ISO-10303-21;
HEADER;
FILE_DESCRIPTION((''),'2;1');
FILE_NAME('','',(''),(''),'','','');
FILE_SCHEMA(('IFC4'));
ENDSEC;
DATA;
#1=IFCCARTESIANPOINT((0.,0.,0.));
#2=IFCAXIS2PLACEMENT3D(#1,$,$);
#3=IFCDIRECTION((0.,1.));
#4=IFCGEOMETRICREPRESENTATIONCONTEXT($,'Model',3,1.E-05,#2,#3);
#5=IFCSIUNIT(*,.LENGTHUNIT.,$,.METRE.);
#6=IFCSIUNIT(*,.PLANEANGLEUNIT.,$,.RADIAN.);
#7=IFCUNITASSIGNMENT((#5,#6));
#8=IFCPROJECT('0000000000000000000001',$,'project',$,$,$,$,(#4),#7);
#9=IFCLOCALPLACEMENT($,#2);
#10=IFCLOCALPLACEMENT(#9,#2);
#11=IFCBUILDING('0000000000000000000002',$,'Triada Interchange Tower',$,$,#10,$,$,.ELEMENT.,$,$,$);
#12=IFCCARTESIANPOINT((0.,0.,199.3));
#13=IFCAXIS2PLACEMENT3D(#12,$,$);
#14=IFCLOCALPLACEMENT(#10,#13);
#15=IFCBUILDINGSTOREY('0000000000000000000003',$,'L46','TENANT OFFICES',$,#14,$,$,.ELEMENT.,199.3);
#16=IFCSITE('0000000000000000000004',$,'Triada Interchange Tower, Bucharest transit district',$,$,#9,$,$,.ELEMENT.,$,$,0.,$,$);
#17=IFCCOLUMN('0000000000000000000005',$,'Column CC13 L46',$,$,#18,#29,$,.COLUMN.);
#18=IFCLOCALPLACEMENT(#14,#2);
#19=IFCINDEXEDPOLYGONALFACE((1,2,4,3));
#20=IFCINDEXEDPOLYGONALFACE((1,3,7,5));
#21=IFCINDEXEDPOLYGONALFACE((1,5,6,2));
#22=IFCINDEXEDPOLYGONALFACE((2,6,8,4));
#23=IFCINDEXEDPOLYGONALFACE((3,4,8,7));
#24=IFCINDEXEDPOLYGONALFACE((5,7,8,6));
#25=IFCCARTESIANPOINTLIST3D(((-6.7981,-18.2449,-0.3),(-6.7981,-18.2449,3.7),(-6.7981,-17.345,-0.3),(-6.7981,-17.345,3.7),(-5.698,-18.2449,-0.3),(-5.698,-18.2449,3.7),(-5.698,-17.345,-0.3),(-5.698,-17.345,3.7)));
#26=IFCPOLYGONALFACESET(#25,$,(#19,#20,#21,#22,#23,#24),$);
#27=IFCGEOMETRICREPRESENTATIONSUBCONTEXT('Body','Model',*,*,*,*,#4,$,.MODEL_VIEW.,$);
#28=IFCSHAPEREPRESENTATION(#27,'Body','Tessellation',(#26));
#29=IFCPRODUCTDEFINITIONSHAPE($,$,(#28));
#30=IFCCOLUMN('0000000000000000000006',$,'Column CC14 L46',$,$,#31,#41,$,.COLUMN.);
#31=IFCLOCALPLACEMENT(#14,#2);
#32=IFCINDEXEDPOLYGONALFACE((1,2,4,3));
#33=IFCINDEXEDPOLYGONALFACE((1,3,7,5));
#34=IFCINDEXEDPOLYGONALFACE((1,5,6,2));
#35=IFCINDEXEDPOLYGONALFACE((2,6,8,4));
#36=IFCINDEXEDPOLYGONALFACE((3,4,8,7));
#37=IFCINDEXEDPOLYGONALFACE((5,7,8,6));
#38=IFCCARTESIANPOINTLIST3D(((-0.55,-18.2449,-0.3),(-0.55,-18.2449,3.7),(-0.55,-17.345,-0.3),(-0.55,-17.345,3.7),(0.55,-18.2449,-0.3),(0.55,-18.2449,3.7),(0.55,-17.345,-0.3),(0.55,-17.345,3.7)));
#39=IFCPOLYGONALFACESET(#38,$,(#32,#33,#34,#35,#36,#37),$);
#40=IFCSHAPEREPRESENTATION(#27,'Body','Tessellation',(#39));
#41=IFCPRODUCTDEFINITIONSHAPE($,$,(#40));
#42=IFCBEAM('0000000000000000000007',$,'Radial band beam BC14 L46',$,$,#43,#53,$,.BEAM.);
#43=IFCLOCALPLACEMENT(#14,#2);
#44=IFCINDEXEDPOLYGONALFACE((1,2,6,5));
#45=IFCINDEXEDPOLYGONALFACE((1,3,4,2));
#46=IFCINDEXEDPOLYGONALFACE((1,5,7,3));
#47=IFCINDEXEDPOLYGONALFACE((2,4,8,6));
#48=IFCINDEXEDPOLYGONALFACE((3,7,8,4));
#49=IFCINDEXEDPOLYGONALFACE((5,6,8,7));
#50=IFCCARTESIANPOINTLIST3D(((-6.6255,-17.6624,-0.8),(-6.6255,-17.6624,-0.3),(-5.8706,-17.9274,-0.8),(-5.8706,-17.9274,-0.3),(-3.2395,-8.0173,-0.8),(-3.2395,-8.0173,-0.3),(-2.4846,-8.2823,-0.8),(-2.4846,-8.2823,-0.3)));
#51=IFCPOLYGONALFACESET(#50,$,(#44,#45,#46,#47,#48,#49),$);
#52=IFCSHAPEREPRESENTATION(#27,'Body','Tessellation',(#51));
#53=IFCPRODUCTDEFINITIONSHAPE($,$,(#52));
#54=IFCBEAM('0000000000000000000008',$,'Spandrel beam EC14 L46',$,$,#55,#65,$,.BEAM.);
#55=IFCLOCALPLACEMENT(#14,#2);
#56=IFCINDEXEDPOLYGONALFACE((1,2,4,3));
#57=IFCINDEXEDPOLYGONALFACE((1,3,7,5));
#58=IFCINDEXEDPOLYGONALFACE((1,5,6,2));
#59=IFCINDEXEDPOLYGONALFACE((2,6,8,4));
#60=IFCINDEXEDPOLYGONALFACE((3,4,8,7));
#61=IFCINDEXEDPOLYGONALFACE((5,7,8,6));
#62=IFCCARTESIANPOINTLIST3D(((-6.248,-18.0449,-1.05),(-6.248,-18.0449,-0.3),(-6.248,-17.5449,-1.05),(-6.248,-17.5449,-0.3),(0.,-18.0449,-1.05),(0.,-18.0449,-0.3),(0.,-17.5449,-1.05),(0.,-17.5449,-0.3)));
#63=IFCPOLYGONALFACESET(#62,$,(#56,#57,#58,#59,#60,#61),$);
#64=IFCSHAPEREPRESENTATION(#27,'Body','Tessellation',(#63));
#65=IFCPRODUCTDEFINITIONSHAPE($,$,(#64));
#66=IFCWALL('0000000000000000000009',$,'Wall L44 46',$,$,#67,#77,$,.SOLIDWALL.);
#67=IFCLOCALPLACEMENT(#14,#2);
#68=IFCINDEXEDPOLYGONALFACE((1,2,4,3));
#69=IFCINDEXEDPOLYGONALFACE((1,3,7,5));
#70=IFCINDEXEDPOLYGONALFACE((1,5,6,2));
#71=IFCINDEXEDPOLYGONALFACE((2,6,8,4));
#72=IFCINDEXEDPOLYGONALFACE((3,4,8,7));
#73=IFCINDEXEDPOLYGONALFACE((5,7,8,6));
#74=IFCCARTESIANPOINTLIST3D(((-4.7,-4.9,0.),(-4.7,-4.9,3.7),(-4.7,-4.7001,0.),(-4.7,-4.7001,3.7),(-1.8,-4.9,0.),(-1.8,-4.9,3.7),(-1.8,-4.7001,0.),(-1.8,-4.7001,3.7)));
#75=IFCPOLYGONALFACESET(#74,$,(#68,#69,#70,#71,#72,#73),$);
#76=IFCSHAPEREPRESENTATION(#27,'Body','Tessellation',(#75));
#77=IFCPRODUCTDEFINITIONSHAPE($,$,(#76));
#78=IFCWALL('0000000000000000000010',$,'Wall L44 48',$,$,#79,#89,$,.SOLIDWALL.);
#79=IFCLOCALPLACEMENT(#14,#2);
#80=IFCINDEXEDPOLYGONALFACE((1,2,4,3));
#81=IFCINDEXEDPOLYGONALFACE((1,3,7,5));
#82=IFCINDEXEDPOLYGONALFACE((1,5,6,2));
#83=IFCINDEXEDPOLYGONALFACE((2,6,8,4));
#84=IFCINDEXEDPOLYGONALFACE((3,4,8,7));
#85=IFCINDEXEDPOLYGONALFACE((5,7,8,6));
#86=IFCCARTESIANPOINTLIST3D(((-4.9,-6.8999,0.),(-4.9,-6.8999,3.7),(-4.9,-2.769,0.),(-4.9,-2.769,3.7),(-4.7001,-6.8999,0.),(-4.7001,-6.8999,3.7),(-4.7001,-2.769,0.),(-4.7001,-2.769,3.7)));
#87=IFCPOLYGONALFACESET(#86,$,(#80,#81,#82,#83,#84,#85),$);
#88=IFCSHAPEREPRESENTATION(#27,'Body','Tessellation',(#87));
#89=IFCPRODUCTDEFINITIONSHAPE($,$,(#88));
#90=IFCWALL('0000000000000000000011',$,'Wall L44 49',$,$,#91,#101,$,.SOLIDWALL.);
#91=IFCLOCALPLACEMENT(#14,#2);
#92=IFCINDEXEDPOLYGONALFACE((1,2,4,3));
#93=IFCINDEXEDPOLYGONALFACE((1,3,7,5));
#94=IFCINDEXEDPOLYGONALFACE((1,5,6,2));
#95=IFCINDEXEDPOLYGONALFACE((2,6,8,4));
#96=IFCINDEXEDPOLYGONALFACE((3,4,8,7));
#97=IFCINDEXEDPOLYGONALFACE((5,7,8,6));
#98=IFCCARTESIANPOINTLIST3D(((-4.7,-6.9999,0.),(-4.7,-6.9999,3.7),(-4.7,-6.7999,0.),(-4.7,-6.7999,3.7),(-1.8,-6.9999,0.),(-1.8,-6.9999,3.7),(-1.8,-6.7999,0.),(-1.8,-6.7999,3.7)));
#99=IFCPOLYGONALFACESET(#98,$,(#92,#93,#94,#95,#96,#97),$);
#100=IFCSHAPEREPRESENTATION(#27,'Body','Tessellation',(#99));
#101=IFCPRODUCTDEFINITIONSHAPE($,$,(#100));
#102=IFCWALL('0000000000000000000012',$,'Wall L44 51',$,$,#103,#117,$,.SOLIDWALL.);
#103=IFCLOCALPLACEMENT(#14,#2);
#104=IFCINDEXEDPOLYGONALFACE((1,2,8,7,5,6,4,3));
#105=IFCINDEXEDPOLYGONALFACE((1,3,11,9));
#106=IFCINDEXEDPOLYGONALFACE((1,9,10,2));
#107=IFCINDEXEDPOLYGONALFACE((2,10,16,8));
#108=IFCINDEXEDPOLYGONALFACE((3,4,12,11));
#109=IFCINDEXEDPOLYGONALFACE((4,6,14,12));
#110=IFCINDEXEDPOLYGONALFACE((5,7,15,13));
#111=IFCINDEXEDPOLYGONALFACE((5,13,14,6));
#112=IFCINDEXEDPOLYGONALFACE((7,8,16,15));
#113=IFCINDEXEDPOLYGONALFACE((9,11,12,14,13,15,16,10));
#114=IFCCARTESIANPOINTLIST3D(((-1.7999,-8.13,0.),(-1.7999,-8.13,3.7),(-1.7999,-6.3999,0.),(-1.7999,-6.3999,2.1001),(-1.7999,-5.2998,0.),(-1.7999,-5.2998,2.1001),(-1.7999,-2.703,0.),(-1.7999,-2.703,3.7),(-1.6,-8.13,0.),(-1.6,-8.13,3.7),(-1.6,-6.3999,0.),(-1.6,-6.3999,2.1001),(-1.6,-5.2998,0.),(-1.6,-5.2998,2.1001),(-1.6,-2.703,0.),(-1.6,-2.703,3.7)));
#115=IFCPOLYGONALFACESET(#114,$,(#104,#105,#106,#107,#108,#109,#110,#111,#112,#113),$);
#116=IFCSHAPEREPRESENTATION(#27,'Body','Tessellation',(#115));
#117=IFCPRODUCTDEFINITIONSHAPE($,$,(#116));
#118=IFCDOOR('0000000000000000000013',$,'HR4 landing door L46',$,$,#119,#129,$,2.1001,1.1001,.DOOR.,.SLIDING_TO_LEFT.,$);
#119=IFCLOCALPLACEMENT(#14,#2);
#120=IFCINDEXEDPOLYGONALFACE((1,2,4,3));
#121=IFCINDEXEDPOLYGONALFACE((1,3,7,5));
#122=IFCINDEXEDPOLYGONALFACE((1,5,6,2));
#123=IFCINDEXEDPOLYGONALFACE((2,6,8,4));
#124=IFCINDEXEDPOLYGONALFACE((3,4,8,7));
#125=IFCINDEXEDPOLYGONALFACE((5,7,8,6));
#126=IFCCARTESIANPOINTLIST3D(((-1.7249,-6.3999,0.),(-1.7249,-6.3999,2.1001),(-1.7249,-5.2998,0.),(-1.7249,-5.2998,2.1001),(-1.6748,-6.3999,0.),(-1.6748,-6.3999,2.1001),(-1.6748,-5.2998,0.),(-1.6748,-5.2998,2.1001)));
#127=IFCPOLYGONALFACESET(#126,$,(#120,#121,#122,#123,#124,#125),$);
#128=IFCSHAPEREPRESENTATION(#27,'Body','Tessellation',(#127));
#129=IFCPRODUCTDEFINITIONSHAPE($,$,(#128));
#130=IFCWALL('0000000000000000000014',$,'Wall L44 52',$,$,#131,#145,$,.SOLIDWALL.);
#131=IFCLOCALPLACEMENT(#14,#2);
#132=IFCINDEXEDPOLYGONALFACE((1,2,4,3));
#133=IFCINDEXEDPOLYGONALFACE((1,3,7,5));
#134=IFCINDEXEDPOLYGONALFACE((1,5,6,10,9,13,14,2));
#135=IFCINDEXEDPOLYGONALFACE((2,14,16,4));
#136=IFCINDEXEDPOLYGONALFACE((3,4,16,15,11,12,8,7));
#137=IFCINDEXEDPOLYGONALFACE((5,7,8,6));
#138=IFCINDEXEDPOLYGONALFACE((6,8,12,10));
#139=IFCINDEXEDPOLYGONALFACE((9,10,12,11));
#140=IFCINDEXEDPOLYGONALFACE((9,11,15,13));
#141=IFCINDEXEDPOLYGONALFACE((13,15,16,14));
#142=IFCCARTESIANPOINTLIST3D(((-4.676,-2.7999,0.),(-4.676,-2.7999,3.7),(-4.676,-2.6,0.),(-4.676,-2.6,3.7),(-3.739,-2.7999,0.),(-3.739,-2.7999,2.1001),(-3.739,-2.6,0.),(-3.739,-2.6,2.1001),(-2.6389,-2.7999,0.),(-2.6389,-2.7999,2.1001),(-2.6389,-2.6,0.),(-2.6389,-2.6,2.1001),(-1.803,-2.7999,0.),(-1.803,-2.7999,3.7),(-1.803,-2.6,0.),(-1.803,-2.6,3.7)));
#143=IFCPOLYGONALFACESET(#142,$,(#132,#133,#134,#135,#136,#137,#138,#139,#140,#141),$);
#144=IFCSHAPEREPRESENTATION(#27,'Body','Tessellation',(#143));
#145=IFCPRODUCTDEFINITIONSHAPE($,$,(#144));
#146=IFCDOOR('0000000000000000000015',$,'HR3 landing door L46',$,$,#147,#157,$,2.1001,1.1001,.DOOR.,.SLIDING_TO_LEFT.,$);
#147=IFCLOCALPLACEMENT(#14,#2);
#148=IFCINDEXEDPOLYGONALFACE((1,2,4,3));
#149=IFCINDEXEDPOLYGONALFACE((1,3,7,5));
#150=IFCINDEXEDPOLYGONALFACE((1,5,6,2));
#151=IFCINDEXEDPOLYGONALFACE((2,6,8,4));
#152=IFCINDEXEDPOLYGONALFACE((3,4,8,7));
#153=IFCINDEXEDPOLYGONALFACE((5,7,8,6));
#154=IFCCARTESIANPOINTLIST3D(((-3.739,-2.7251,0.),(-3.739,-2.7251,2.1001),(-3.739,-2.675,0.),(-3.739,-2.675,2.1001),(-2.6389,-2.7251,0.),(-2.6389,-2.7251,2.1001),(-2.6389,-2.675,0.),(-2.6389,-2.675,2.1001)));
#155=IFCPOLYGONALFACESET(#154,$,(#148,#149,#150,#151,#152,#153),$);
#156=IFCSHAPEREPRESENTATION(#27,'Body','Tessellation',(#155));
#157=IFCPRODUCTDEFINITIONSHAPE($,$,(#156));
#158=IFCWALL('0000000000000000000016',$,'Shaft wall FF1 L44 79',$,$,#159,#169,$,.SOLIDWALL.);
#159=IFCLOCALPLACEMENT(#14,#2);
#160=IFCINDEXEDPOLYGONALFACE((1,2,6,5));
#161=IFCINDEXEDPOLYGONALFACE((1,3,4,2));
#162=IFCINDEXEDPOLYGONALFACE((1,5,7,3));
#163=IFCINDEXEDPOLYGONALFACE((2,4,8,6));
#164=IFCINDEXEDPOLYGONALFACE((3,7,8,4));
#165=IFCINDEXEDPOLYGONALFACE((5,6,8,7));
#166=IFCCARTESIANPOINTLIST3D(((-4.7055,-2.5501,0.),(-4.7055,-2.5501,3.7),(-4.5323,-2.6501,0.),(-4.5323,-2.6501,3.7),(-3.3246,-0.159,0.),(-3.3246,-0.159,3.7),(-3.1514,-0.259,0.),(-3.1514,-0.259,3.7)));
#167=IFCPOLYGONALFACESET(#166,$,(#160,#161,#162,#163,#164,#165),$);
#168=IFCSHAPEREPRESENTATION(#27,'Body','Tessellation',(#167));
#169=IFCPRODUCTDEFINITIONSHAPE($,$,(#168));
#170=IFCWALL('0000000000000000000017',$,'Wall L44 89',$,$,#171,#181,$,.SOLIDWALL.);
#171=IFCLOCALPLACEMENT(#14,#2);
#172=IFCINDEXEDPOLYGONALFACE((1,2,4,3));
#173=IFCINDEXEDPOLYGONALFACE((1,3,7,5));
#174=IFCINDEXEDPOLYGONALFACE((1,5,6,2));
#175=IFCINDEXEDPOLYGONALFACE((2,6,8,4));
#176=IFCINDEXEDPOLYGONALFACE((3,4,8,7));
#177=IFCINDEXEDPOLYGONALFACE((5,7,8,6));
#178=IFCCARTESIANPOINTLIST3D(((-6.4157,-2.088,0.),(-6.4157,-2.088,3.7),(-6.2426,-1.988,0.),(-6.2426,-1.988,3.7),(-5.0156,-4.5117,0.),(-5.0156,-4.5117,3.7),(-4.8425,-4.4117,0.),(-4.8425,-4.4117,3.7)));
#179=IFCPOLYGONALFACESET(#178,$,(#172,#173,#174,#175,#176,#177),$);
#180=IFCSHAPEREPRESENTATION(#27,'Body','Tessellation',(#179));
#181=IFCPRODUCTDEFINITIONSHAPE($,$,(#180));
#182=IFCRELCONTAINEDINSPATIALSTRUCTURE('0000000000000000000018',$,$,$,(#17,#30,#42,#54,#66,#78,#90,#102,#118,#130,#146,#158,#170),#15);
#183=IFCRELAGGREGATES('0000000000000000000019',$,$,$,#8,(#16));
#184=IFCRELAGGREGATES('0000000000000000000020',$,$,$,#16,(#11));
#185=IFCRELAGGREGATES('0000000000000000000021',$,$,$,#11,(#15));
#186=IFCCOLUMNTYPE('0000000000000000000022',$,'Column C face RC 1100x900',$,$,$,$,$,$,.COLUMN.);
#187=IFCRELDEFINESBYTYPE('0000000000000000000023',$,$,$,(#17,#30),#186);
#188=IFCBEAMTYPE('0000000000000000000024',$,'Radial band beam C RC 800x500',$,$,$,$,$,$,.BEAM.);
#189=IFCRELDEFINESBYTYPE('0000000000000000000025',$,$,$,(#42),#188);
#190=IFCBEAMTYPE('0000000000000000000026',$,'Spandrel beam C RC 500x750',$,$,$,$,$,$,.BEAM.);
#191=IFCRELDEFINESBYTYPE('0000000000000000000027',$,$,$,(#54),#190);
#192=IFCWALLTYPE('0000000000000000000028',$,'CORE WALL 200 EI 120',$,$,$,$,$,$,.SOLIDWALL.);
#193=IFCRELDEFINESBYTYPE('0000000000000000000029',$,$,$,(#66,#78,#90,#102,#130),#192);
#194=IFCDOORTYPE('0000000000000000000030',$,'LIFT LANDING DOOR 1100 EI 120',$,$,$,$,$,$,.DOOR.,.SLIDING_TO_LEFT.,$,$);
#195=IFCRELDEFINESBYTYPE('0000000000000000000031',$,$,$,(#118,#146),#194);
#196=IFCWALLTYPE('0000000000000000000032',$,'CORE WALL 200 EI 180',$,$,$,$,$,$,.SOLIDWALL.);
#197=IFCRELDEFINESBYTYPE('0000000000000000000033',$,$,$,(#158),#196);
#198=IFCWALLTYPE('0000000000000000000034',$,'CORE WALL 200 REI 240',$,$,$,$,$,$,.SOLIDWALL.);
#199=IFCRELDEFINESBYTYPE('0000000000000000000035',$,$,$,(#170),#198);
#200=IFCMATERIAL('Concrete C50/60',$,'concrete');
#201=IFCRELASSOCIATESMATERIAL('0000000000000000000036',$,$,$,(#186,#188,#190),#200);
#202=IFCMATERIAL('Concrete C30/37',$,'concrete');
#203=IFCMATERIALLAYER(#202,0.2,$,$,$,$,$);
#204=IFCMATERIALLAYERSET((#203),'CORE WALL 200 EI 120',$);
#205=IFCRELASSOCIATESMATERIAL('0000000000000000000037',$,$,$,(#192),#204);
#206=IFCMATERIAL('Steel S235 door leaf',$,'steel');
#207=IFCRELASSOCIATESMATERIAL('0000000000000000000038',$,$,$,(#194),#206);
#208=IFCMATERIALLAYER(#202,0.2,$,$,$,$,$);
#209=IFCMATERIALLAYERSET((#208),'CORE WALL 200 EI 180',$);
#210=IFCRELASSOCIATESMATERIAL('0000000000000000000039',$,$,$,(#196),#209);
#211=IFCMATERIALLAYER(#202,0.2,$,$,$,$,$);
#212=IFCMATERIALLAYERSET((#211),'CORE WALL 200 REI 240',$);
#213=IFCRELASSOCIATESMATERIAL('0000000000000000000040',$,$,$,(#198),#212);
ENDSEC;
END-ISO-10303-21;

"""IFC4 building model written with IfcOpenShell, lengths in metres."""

from ifc_helpers import new_model, si_unit, direction, frame, frame_2d, origin, origin_2d, place, context, subcontext, project, spatial, rectangle, extrude, material, layer, layer_set, material_profile, profile_set, type_object, element, fill, save


model = new_model("IFC4")

# Units and contexts
model_context = context("Model", 3, precision=1e-05, world=origin(), true_north=direction((0.0, 1.0)))
body_context = subcontext(model_context, "Body", "Model", "MODEL_VIEW")
ifc_project = project(units=[si_unit("LENGTHUNIT", "METRE"), si_unit("PLANEANGLEUNIT", "RADIAN")], contexts=[model_context])

# Site, building, storey
site_placement = place(None, origin())
site = spatial("IfcSite", under=ifc_project, at=site_placement, Name="Triada Interchange Tower, Bucharest transit district", CompositionType="ELEMENT", RefElevation=0.0)
building_placement = place(site_placement, origin())
building = spatial("IfcBuilding", under=site, at=building_placement, Name="Triada Interchange Tower", CompositionType="ELEMENT")
storey_placement = place(building_placement, frame((0.0, 0.0, 199.3)))
storey = spatial("IfcBuildingStorey", under=building, at=storey_placement, Name="L46", Description="TENANT OFFICES", CompositionType="ELEMENT", Elevation=199.3)

# Columns
ifc_material_1 = material(Name="Concrete C50/60", Category="concrete")
ifc_material_profile_1 = material_profile(ifc_material_1, rectangle(XDim=1.1001, YDim=0.8999, at=origin_2d()), Name="RC 1100x900")
ifc_profile_set_1 = profile_set([ifc_material_profile_1], Name="Concrete C50/60")
column_type = type_object("IfcColumnType", Name="Column C face RC 1100x900", PredefinedType="COLUMN", material=ifc_profile_set_1)
for number, where, z_axis, x_axis, name in (
    (1, (-6.248, -17.7949, -0.3), (0.0, 0.0, 1.0), (1.0, 0.0, 0.0), "Column CC13 L46"),
    (2, (0.0, -17.7949, -0.3), (0.0, 0.0, 1.0), (1.0, 0.0, 0.0), "Column CC14 L46"),
):
    element("IfcColumn", number, at=place(storey_placement, frame(where, z_axis=z_axis, x_axis=x_axis)), inside=storey, type_object=column_type, Name=name, PredefinedType="COLUMN", context=body_context, shape_type="SweptSolid", body=[
        extrude(rectangle(XDim=1.1001, YDim=0.8999, at=origin_2d()), origin(), (0.0, 0.0, 1.0), 4.0),
    ])

# Beams
ifc_material_profile_2 = material_profile(ifc_material_1, rectangle(XDim=0.8, YDim=0.5, at=origin_2d()), Name="RC 800x500")
ifc_profile_set_2 = profile_set([ifc_material_profile_2], Name="Concrete C50/60")
beam_type_1 = type_object("IfcBeamType", Name="Radial band beam C RC 800x500", PredefinedType="BEAM", material=ifc_profile_set_2)
beam_1_placement = place(storey_placement, frame((-6.248, -17.7949, -0.55), z_axis=(0.331242, 0.943546, 0.0), x_axis=(-0.943546, 0.331242, 0.0)))
element("IfcBeam", 3, at=beam_1_placement, inside=storey, type_object=beam_type_1, Name="Radial band beam BC14 L46", PredefinedType="BEAM", context=body_context, shape_type="SweptSolid", body=[
    extrude(rectangle(XDim=0.8, YDim=0.5, at=origin_2d()), origin(), (0.0, 0.0, 1.0), 10.2222),
])
ifc_material_profile_3 = material_profile(ifc_material_1, rectangle(XDim=0.5, YDim=0.75, at=origin_2d()), Name="RC 500x750")
ifc_profile_set_3 = profile_set([ifc_material_profile_3], Name="Concrete C50/60")
beam_type_2 = type_object("IfcBeamType", Name="Spandrel beam C RC 500x750", PredefinedType="BEAM", material=ifc_profile_set_3)
beam_2_placement = place(storey_placement, frame((-6.248, -17.7949, -0.675), z_axis=(1.0, 0.0, 0.0), x_axis=(0.0, 1.0, 0.0)))
element("IfcBeam", 4, at=beam_2_placement, inside=storey, type_object=beam_type_2, Name="Spandrel beam EC14 L46", PredefinedType="BEAM", context=body_context, shape_type="SweptSolid", body=[
    extrude(rectangle(XDim=0.5, YDim=0.75, at=origin_2d()), origin(), (0.0, 0.0, 1.0), 6.248),
])

# Walls
ifc_material_2 = material(Name="Concrete C30/37", Category="concrete")
ifc_layer_1 = layer(ifc_material_2, 0.2)
ifc_layer_set_1 = layer_set([ifc_layer_1], Name="CORE WALL 200 EI 120")
wall_type_1 = type_object("IfcWallType", Name="CORE WALL 200 EI 120", PredefinedType="SOLIDWALL", material=ifc_layer_set_1)
wall_1_placement = place(storey_placement, frame((-4.7, -4.8, 0.0), z_axis=(0.0, 0.0, 1.0), x_axis=(1.0, 0.0, 0.0)))
element("IfcWall", 5, at=wall_1_placement, inside=storey, type_object=wall_type_1, Name="Wall L44 46", PredefinedType="SOLIDWALL", context=body_context, shape_type="SweptSolid", body=[
    extrude(rectangle(XDim=2.8999, YDim=0.2, at=frame_2d((1.45, 0.0))), origin(), (0.0, 0.0, 1.0), 3.7),
])
wall_2_placement = place(storey_placement, frame((-4.8, -6.8999, 0.0), z_axis=(0.0, 0.0, 1.0), x_axis=(0.0, 1.0, 0.0)))
element("IfcWall", 6, at=wall_2_placement, inside=storey, type_object=wall_type_1, Name="Wall L44 48", PredefinedType="SOLIDWALL", context=body_context, shape_type="SweptSolid", body=[
    extrude(rectangle(XDim=4.1309, YDim=0.2, at=frame_2d((2.0654, 0.0))), origin(), (0.0, 0.0, 1.0), 3.7),
])
wall_3_placement = place(storey_placement, frame((-4.7, -6.8999, 0.0), z_axis=(0.0, 0.0, 1.0), x_axis=(1.0, 0.0, 0.0)))
element("IfcWall", 7, at=wall_3_placement, inside=storey, type_object=wall_type_1, Name="Wall L44 49", PredefinedType="SOLIDWALL", context=body_context, shape_type="SweptSolid", body=[
    extrude(rectangle(XDim=2.8999, YDim=0.2, at=frame_2d((1.45, 0.0))), origin(), (0.0, 0.0, 1.0), 3.7),
])

# Walls, openings, doors
wall_4_placement = place(storey_placement, frame((-1.7, -8.1299, 0.0), z_axis=(0.0, 0.0, 1.0), x_axis=(0.0, 1.0, 0.0)))
wall_4 = element("IfcWall", 8, at=wall_4_placement, inside=storey, type_object=wall_type_1, Name="Wall L44 51", PredefinedType="SOLIDWALL", context=body_context, shape_type="SweptSolid", body=[
    extrude(rectangle(XDim=5.427, YDim=0.2, at=frame_2d((2.7134, 0.0))), origin(), (0.0, 0.0, 1.0), 3.7),
])
opening_1_placement = place(wall_4_placement, frame((1.73, 0.0, 0.0)))
opening_1 = element("IfcOpeningElement", 9, at=opening_1_placement, cuts=wall_4, PredefinedType="OPENING", context=body_context, shape_type="SweptSolid", body=[
    extrude(rectangle(XDim=1.1001, YDim=2.1001, at=frame_2d((0.55, 1.05))), frame((0.0, 0.1099, 0.0), z_axis=(0.0, -1.0, 0.0), x_axis=(1.0, 0.0, 0.0)), (0.0, 0.0, 1.0), 0.22),
])
ifc_material_3 = material(Name="Steel S235 door leaf", Category="steel")
door_type = type_object("IfcDoorType", Name="LIFT LANDING DOOR 1100 EI 120", OperationType="SLIDING_TO_LEFT", PredefinedType="DOOR", material=ifc_material_3)
door_1_placement = place(opening_1_placement, origin())
door_1 = element("IfcDoor", 10, at=door_1_placement, inside=storey, type_object=door_type, Name="HR4 landing door L46", OperationType="SLIDING_TO_LEFT", OverallHeight=2.1001, OverallWidth=1.1001, PredefinedType="DOOR", context=body_context, shape_type="SweptSolid", body=[
    extrude(rectangle(XDim=1.1001, YDim=2.1001, at=frame_2d((0.55, 1.05))), frame((0.0, 0.0249, 0.0), z_axis=(0.0, -1.0, 0.0), x_axis=(1.0, 0.0, 0.0)), (0.0, 0.0, 1.0), 0.05),
])
fill(opening_1, door_1)
wall_5_placement = place(storey_placement, frame((-4.676, -2.7, 0.0), z_axis=(0.0, 0.0, 1.0), x_axis=(1.0, 0.0, 0.0)))
wall_5 = element("IfcWall", 11, at=wall_5_placement, inside=storey, type_object=wall_type_1, Name="Wall L44 52", PredefinedType="SOLIDWALL", context=body_context, shape_type="SweptSolid", body=[
    extrude(rectangle(XDim=2.873, YDim=0.2, at=frame_2d((1.4365, 0.0))), origin(), (0.0, 0.0, 1.0), 3.7),
])
opening_2_placement = place(wall_5_placement, frame((0.937, 0.0, 0.0)))
opening_2 = element("IfcOpeningElement", 12, at=opening_2_placement, cuts=wall_5, PredefinedType="OPENING", context=body_context, shape_type="SweptSolid", body=[
    extrude(rectangle(XDim=1.1001, YDim=2.1001, at=frame_2d((0.55, 1.05))), frame((0.0, 0.1099, 0.0), z_axis=(0.0, -1.0, 0.0), x_axis=(1.0, 0.0, 0.0)), (0.0, 0.0, 1.0), 0.22),
])
door_2_placement = place(opening_2_placement, origin())
door_2 = element("IfcDoor", 13, at=door_2_placement, inside=storey, type_object=door_type, Name="HR3 landing door L46", OperationType="SLIDING_TO_LEFT", OverallHeight=2.1001, OverallWidth=1.1001, PredefinedType="DOOR", context=body_context, shape_type="SweptSolid", body=[
    extrude(rectangle(XDim=1.1001, YDim=2.1001, at=frame_2d((0.55, 1.05))), frame((0.0, 0.0249, 0.0), z_axis=(0.0, -1.0, 0.0), x_axis=(1.0, 0.0, 0.0)), (0.0, 0.0, 1.0), 0.05),
])
fill(opening_2, door_2)

# Walls
ifc_layer_2 = layer(ifc_material_2, 0.2)
ifc_layer_set_2 = layer_set([ifc_layer_2], Name="CORE WALL 200 EI 180")
wall_type_2 = type_object("IfcWallType", Name="CORE WALL 200 EI 180", PredefinedType="SOLIDWALL", material=ifc_layer_set_2)
wall_6_placement = place(storey_placement, frame((-4.6189, -2.6001, 0.0), z_axis=(0.0, 0.0, 1.0), x_axis=(0.500095, 0.865971, 0.0)))
element("IfcWall", 14, at=wall_6_placement, inside=storey, type_object=wall_type_2, Name="Shaft wall FF1 L44 79", PredefinedType="SOLIDWALL", context=body_context, shape_type="SweptSolid", body=[
    extrude(rectangle(XDim=2.7612, YDim=0.2, at=frame_2d((1.3806, 0.0))), origin(), (0.0, 0.0, 1.0), 3.7),
])
ifc_layer_3 = layer(ifc_material_2, 0.2)
ifc_layer_set_3 = layer_set([ifc_layer_3], Name="CORE WALL 200 REI 240")
wall_type_3 = type_object("IfcWallType", Name="CORE WALL 200 REI 240", PredefinedType="SOLIDWALL", material=ifc_layer_set_3)
wall_7_placement = place(storey_placement, frame((-6.3291, -2.0381, 0.0), z_axis=(0.0, 0.0, 1.0), x_axis=(0.500201, -0.86591, 0.0)))
element("IfcWall", 15, at=wall_7_placement, inside=storey, type_object=wall_type_3, Name="Wall L44 89", PredefinedType="SOLIDWALL", context=body_context, shape_type="SweptSolid", body=[
    extrude(rectangle(XDim=2.7991, YDim=0.2, at=frame_2d((1.3994, 0.0))), origin(), (0.0, 0.0, 1.0), 3.7),
])

save(model, "model.ifc")
